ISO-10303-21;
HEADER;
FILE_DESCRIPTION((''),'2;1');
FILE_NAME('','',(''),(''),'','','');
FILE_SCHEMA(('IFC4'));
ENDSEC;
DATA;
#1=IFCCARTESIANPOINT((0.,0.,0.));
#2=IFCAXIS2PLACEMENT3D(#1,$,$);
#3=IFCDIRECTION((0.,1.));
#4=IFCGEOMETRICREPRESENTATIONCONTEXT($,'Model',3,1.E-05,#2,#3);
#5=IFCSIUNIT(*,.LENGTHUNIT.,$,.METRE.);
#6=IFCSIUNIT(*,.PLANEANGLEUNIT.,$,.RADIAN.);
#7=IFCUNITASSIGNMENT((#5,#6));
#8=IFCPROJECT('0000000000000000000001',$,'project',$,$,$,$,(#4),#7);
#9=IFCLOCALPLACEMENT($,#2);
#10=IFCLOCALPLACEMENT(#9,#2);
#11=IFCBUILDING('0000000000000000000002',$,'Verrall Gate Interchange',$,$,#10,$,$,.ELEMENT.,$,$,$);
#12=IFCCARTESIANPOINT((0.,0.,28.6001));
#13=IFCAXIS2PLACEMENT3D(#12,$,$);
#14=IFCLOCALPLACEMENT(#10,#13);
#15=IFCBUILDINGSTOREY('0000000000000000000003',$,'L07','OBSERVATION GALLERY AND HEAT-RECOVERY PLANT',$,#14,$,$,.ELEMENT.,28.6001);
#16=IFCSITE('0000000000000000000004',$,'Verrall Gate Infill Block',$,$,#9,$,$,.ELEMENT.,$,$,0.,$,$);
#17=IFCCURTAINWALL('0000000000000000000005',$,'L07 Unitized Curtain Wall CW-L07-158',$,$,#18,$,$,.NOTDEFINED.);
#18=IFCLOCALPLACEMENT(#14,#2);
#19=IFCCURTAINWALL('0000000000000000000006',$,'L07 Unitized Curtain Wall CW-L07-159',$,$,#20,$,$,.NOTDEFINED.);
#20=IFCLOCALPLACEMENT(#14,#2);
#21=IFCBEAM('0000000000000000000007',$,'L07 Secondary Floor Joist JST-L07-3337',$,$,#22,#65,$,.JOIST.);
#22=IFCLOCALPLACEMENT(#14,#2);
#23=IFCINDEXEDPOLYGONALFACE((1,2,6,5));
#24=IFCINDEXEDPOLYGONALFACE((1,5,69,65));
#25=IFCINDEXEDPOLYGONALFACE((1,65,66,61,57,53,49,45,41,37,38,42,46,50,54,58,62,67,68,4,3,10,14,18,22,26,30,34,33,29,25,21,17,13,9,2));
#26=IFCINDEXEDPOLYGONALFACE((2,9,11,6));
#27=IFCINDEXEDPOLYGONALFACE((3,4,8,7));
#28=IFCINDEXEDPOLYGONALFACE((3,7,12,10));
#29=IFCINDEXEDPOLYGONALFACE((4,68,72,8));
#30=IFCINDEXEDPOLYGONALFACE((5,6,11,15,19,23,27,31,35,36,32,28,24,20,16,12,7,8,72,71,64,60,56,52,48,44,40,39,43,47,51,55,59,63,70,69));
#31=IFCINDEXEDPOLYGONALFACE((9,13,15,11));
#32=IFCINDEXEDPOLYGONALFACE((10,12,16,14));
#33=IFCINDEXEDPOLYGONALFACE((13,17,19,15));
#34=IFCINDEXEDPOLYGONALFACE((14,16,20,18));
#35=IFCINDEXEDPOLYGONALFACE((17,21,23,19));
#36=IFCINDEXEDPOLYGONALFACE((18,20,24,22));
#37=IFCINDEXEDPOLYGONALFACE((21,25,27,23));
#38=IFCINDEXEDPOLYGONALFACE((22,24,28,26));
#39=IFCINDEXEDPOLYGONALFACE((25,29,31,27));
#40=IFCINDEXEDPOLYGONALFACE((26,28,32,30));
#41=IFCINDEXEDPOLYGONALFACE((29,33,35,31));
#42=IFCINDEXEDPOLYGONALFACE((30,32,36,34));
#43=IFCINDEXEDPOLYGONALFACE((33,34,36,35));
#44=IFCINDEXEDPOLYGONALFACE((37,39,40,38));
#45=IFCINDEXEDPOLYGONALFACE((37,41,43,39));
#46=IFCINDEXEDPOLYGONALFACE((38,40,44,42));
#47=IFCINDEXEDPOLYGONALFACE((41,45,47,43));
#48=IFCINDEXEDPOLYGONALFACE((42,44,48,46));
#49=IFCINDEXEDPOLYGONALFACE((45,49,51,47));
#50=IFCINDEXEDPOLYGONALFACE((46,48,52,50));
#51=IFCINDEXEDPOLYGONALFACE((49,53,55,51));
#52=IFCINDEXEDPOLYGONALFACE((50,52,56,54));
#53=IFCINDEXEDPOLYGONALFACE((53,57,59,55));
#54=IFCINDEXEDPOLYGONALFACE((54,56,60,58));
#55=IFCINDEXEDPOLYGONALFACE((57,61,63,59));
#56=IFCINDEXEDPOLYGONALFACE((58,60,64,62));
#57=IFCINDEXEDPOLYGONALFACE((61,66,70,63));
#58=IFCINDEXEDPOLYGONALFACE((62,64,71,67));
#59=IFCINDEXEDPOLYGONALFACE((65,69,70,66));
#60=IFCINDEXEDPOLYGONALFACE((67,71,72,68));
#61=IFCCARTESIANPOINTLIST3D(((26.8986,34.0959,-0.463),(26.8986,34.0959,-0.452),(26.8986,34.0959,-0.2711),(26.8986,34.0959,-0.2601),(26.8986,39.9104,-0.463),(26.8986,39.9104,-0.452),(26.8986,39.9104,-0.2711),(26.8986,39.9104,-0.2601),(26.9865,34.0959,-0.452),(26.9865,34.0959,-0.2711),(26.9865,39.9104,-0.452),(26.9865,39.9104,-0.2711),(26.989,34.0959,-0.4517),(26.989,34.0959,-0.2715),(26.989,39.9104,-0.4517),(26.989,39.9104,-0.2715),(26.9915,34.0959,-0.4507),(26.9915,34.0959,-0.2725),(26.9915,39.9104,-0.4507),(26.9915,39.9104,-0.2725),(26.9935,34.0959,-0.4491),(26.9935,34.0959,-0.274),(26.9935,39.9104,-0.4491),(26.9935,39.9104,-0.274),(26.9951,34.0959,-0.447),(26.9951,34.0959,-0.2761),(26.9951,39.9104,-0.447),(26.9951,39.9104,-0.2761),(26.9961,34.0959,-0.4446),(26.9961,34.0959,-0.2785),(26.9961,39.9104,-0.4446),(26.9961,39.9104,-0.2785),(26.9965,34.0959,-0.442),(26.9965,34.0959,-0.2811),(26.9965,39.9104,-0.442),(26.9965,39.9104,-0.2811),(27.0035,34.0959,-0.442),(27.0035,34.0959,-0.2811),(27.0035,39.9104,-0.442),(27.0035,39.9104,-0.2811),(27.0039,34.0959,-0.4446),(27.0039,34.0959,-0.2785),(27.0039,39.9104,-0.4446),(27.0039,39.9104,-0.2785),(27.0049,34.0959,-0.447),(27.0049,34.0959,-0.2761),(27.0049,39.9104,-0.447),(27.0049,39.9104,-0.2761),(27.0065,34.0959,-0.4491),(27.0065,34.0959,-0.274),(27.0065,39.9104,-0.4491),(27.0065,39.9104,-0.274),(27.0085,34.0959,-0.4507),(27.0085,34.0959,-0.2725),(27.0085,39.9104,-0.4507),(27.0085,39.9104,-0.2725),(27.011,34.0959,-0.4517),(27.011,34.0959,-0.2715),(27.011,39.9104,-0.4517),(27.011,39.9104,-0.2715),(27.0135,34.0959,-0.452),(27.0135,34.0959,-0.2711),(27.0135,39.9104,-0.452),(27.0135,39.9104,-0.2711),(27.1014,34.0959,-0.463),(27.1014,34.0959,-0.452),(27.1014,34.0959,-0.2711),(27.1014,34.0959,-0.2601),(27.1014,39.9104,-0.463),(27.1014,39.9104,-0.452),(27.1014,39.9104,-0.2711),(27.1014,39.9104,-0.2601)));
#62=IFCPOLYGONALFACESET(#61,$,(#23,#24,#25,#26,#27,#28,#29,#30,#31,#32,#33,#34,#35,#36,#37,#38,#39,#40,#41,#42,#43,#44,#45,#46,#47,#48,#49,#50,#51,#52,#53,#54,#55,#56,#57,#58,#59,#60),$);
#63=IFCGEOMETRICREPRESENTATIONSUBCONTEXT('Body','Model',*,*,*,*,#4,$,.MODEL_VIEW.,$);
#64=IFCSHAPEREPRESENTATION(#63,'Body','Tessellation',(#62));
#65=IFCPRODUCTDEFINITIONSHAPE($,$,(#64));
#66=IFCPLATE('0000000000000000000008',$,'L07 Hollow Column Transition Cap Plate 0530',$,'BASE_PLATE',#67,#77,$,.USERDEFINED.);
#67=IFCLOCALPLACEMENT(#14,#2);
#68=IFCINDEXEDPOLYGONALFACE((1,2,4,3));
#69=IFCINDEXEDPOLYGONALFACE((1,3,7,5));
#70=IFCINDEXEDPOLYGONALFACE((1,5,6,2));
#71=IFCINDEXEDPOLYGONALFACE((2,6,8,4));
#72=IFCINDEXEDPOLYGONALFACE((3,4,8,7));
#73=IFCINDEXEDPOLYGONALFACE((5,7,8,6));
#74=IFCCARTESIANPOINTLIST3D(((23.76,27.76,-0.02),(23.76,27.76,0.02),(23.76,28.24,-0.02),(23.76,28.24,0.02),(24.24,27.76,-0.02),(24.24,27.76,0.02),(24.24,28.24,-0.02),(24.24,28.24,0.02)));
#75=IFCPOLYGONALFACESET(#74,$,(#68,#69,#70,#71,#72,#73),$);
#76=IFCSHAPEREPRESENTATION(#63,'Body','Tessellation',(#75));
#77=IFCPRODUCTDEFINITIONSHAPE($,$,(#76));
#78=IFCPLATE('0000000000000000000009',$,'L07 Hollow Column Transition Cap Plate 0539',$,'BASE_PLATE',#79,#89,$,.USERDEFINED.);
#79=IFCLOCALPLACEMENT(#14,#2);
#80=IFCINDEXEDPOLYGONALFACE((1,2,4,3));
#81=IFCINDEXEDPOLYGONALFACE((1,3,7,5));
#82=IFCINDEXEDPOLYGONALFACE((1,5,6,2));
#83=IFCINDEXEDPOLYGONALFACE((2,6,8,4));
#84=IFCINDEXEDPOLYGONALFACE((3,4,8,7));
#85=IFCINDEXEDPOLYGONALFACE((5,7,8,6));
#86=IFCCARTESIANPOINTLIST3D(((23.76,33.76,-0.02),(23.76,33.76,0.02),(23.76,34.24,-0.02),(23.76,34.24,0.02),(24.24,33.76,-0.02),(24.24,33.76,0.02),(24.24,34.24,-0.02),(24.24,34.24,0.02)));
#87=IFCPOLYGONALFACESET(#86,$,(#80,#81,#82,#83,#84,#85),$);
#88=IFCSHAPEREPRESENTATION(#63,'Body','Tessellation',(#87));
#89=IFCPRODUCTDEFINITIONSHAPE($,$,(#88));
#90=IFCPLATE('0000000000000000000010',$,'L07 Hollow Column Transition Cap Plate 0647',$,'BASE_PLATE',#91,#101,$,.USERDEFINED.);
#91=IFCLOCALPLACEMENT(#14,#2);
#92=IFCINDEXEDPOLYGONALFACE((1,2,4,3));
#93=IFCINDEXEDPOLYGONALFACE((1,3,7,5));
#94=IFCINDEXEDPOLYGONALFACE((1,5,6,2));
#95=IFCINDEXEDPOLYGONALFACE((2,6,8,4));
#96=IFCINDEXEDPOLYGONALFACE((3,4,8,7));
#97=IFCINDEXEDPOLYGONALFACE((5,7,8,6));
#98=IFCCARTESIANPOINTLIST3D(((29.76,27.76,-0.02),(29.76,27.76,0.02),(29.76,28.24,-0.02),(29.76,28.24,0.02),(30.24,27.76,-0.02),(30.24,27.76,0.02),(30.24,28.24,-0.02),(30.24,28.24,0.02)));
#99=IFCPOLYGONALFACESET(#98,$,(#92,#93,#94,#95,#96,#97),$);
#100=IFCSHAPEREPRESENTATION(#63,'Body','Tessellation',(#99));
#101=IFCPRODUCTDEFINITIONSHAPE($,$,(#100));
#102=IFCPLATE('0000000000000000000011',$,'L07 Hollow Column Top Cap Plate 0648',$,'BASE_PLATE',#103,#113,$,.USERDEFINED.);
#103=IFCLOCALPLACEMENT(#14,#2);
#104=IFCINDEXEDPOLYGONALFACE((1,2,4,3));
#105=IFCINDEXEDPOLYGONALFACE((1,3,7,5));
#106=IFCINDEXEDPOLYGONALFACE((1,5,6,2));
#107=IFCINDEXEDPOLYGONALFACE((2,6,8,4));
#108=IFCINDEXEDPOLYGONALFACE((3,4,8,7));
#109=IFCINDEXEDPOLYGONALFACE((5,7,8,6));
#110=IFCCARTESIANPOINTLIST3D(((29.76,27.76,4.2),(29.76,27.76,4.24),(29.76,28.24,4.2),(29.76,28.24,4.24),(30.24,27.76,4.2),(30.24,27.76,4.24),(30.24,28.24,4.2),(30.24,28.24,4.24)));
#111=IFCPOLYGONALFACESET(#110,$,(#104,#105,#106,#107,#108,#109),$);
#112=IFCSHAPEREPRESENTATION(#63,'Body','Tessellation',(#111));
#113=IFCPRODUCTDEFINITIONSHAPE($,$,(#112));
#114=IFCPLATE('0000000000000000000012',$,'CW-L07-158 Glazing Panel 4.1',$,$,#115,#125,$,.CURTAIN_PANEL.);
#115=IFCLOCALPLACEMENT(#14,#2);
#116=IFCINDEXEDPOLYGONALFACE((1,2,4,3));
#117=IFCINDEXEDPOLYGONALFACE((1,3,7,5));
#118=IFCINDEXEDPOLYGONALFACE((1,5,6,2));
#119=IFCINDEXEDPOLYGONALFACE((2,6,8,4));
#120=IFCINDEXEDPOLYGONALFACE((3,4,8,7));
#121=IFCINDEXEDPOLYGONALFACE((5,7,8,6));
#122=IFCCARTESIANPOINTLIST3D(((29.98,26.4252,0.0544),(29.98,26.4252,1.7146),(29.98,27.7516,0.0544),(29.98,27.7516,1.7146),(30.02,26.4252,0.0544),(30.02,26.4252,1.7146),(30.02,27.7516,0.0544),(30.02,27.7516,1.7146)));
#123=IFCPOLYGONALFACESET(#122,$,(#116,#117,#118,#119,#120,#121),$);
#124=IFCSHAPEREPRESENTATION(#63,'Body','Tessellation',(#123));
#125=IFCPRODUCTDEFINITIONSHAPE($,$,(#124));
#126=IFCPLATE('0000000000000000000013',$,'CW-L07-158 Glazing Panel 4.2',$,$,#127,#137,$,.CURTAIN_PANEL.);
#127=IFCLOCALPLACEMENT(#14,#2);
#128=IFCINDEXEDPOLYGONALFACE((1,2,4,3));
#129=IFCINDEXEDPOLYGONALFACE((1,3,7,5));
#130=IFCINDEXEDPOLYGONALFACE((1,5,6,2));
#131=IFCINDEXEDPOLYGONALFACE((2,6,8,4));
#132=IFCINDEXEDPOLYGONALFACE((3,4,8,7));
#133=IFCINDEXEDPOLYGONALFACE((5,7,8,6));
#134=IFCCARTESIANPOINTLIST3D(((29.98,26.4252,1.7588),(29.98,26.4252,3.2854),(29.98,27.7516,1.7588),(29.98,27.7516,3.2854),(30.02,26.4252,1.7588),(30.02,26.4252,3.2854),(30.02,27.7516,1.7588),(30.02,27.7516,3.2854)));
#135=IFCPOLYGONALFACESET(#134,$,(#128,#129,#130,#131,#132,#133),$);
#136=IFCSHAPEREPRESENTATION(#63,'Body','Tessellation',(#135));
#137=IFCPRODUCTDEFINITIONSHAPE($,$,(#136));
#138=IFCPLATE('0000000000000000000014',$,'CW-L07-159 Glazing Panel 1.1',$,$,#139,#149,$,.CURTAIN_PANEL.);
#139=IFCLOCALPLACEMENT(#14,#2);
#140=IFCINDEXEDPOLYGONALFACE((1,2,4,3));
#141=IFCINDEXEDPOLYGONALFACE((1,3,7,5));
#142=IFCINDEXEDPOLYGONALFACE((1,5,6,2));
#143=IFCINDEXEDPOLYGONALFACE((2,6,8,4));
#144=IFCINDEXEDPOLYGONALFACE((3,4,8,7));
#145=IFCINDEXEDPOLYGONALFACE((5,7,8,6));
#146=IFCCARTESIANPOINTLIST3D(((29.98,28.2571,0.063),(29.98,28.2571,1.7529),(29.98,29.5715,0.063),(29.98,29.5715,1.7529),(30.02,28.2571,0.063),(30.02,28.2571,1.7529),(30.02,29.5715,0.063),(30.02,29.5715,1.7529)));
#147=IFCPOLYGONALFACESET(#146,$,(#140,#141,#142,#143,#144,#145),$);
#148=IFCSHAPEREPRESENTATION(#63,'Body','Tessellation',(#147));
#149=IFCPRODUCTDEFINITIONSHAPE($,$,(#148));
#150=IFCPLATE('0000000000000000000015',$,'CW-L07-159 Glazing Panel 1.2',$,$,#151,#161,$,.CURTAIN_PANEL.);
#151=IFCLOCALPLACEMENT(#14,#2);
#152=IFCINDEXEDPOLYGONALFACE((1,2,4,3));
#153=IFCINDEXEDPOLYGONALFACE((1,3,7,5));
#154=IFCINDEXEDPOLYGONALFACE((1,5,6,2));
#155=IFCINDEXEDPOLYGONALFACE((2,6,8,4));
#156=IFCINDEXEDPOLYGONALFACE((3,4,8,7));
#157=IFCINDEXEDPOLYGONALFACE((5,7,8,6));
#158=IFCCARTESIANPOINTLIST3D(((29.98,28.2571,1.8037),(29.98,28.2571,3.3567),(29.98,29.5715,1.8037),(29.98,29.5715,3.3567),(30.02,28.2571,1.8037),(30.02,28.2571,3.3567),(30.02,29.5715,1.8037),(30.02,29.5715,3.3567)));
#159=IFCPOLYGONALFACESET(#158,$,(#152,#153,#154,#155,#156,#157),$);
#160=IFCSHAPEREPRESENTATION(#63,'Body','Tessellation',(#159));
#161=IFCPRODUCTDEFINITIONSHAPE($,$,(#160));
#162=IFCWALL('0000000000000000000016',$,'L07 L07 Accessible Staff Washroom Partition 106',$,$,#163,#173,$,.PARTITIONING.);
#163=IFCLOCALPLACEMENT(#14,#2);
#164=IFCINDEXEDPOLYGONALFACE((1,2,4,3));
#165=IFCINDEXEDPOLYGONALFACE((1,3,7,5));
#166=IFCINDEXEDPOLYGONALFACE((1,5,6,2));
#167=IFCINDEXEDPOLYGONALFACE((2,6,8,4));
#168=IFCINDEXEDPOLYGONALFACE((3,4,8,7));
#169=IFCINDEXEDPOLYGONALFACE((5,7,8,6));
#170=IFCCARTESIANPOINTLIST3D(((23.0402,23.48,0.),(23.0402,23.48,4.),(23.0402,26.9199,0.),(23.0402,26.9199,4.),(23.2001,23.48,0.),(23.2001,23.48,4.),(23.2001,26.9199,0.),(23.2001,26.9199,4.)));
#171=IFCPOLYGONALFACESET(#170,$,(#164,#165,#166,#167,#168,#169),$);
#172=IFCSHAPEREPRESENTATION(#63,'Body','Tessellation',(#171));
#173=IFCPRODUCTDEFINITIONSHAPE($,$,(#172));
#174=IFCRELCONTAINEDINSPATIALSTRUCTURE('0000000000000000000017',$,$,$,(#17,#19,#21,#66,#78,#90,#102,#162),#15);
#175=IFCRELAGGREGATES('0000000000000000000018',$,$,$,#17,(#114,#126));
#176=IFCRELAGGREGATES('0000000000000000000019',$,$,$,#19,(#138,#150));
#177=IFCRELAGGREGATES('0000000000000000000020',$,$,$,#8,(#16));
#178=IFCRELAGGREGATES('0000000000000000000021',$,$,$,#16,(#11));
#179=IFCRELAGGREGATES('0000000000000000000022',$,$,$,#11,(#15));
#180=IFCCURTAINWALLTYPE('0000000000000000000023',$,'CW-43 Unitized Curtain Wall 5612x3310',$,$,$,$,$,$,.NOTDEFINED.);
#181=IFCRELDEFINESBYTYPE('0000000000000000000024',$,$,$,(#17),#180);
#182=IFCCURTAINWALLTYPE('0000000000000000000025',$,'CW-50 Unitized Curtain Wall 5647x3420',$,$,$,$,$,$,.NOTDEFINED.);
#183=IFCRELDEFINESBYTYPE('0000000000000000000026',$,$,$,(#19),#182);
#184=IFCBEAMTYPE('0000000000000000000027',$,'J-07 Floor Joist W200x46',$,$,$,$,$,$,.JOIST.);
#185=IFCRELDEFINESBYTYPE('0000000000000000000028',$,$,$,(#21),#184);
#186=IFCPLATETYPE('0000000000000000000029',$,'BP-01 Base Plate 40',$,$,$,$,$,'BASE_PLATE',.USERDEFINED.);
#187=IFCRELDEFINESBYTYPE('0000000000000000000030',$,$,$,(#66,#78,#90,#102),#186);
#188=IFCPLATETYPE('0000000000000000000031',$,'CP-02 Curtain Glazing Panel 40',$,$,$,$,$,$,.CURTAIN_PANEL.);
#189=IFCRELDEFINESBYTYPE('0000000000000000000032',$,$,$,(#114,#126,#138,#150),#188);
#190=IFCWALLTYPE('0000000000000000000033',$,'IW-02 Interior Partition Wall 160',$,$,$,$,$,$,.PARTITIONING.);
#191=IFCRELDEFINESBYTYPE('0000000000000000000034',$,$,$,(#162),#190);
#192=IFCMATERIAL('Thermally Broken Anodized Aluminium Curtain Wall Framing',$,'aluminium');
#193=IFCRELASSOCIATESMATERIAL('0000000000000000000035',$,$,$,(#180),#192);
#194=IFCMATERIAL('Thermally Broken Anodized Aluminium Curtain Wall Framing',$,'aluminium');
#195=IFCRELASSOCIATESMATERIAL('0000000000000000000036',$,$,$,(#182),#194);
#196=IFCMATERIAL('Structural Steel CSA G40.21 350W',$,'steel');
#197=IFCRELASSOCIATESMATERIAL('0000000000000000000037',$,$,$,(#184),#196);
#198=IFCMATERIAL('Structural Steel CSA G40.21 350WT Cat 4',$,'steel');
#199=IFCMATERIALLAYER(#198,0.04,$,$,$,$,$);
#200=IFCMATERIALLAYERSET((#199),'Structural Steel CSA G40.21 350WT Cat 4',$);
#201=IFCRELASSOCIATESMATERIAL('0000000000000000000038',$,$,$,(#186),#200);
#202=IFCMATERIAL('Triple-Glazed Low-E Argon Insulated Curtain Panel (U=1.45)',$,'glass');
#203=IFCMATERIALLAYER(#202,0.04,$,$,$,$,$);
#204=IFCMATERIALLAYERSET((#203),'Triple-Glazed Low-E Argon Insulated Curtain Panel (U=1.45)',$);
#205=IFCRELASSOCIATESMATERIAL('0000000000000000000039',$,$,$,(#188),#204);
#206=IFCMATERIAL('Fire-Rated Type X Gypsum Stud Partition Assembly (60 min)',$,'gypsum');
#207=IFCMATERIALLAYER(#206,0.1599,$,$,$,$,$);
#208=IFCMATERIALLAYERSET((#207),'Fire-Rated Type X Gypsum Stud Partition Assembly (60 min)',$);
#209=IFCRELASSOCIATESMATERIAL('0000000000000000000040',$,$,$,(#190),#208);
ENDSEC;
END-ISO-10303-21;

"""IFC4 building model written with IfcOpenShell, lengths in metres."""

from ifc_helpers import new_model, si_unit, direction, frame, frame_2d, origin, origin_2d, place, context, subcontext, project, spatial, rectangle, i_section, extrude, material, layer, layer_set, material_profile, profile_set, type_object, element, aggregate, save


model = new_model("IFC4")

# Units and contexts
model_context = context("Model", 3, precision=1e-05, world=origin(), true_north=direction((0.0, 1.0)))
body_context = subcontext(model_context, "Body", "Model", "MODEL_VIEW")
ifc_project = project(units=[si_unit("LENGTHUNIT", "METRE"), si_unit("PLANEANGLEUNIT", "RADIAN")], contexts=[model_context])

# Site, building, storey
site_placement = place(None, origin())
site = spatial("IfcSite", under=ifc_project, at=site_placement, Name="Verrall Gate Infill Block", CompositionType="ELEMENT", RefElevation=0.0)
building_placement = place(site_placement, origin())
building = spatial("IfcBuilding", under=site, at=building_placement, Name="Verrall Gate Interchange", CompositionType="ELEMENT")
storey_placement = place(building_placement, frame((0.0, 0.0, 28.6001)))
storey = spatial("IfcBuildingStorey", under=building, at=storey_placement, Name="L07", Description="OBSERVATION GALLERY AND HEAT-RECOVERY PLANT", CompositionType="ELEMENT", Elevation=28.6001)

# Curtain walls
ifc_material_1 = material(Name="Thermally Broken Anodized Aluminium Curtain Wall Framing", Category="aluminium")
curtain_wall_type_1 = type_object("IfcCurtainWallType", Name="CW-43 Unitized Curtain Wall 5612x3310", PredefinedType="NOTDEFINED", material=ifc_material_1)
curtain_wall_1_placement = place(storey_placement, origin())
curtain_wall_1 = element("IfcCurtainWall", 1, at=curtain_wall_1_placement, inside=storey, type_object=curtain_wall_type_1, Name="L07 Unitized Curtain Wall CW-L07-158", PredefinedType="NOTDEFINED")
ifc_material_2 = material(Name="Thermally Broken Anodized Aluminium Curtain Wall Framing", Category="aluminium")
curtain_wall_type_2 = type_object("IfcCurtainWallType", Name="CW-50 Unitized Curtain Wall 5647x3420", PredefinedType="NOTDEFINED", material=ifc_material_2)
curtain_wall_2_placement = place(storey_placement, origin())
curtain_wall_2 = element("IfcCurtainWall", 2, at=curtain_wall_2_placement, inside=storey, type_object=curtain_wall_type_2, Name="L07 Unitized Curtain Wall CW-L07-159", PredefinedType="NOTDEFINED")

# Beam
ifc_material_3 = material(Name="Structural Steel CSA G40.21 350W", Category="steel")
ifc_material_profile_1 = material_profile(ifc_material_3, i_section(OverallWidth=0.2029, OverallDepth=0.2029, WebThickness=0.0071, FlangeThickness=0.011, FilletRadius=0.01, at=origin_2d()), Name="W200x46")
ifc_profile_set_1 = profile_set([ifc_material_profile_1], Name="Structural Steel CSA G40.21 350W")
beam_type_1 = type_object("IfcBeamType", Name="J-07 Floor Joist W200x46", PredefinedType="JOIST", material=ifc_profile_set_1)
beam_1_placement = place(storey_placement, frame((27.0, 34.0959, -0.3616), z_axis=(0.0, 1.0, 0.0), x_axis=(-1.0, 0.0, 0.0)))
element("IfcBeam", 3, at=beam_1_placement, inside=storey, type_object=beam_type_1, Name="L07 Secondary Floor Joist JST-L07-3337", PredefinedType="JOIST", context=body_context, shape_type="SweptSolid", body=[
    extrude(i_section(OverallWidth=0.2029, OverallDepth=0.2029, WebThickness=0.0071, FlangeThickness=0.011, FilletRadius=0.01, at=origin_2d()), origin(), (0.0, 0.0, 1.0), 5.8145),
])

# Plates
ifc_material_4 = material(Name="Structural Steel CSA G40.21 350WT Cat 4", Category="steel")
ifc_layer_1 = layer(ifc_material_4, 0.04)
ifc_layer_set_1 = layer_set([ifc_layer_1], Name="Structural Steel CSA G40.21 350WT Cat 4")
plate_type_1 = type_object("IfcPlateType", Name="BP-01 Base Plate 40", ElementType="BASE_PLATE", PredefinedType="USERDEFINED", material=ifc_layer_set_1)
for number, where, z_axis, x_axis, name in (
    (4, (24.0, 28.0, -0.02), (0.0, 0.0, 1.0), (1.0, 0.0, 0.0), "L07 Hollow Column Transition Cap Plate 0530"),
    (5, (24.0, 34.0, -0.02), (0.0, 0.0, 1.0), (1.0, 0.0, 0.0), "L07 Hollow Column Transition Cap Plate 0539"),
    (6, (30.0, 28.0, -0.02), (0.0, 0.0, 1.0), (1.0, 0.0, 0.0), "L07 Hollow Column Transition Cap Plate 0647"),
    (7, (30.0, 28.0, 4.2), (0.0, 0.0, 1.0), (1.0, 0.0, 0.0), "L07 Hollow Column Top Cap Plate 0648"),
):
    element("IfcPlate", number, at=place(storey_placement, frame(where, z_axis=z_axis, x_axis=x_axis)), inside=storey, type_object=plate_type_1, Name=name, ObjectType="BASE_PLATE", PredefinedType="USERDEFINED", context=body_context, shape_type="SweptSolid", body=[
        extrude(rectangle(XDim=0.48, YDim=0.48, at=origin_2d()), origin(), (0.0, 0.0, 1.0), 0.04),
    ])

# Plates
ifc_material_5 = material(Name="Triple-Glazed Low-E Argon Insulated Curtain Panel (U=1.45)", Category="glass")
ifc_layer_2 = layer(ifc_material_5, 0.04)
ifc_layer_set_2 = layer_set([ifc_layer_2], Name="Triple-Glazed Low-E Argon Insulated Curtain Panel (U=1.45)")
plate_type_2 = type_object("IfcPlateType", Name="CP-02 Curtain Glazing Panel 40", PredefinedType="CURTAIN_PANEL", material=ifc_layer_set_2)
plate_1_placement = place(storey_placement, frame((30.0, 27.0884, 0.0544), z_axis=(0.0, 0.0, 1.0), x_axis=(0.0, 1.0, 0.0)))
plate_1 = element("IfcPlate", 8, at=plate_1_placement, type_object=plate_type_2, Name="CW-L07-158 Glazing Panel 4.1", PredefinedType="CURTAIN_PANEL", context=body_context, shape_type="SweptSolid", body=[
    extrude(rectangle(XDim=1.3264, YDim=0.04, at=origin_2d()), origin(), (0.0, 0.0, 1.0), 1.6602),
])
plate_2_placement = place(storey_placement, frame((30.0, 27.0884, 1.7588), z_axis=(0.0, 0.0, 1.0), x_axis=(0.0, 1.0, 0.0)))
plate_2 = element("IfcPlate", 9, at=plate_2_placement, type_object=plate_type_2, Name="CW-L07-158 Glazing Panel 4.2", PredefinedType="CURTAIN_PANEL", context=body_context, shape_type="SweptSolid", body=[
    extrude(rectangle(XDim=1.3264, YDim=0.04, at=origin_2d()), origin(), (0.0, 0.0, 1.0), 1.5266),
])
aggregate(curtain_wall_1, [plate_1, plate_2])
plate_3_placement = place(storey_placement, frame((30.0, 28.9143, 0.063), z_axis=(0.0, 0.0, 1.0), x_axis=(0.0, 1.0, 0.0)))
plate_3 = element("IfcPlate", 10, at=plate_3_placement, type_object=plate_type_2, Name="CW-L07-159 Glazing Panel 1.1", PredefinedType="CURTAIN_PANEL", context=body_context, shape_type="SweptSolid", body=[
    extrude(rectangle(XDim=1.3145, YDim=0.04, at=origin_2d()), origin(), (0.0, 0.0, 1.0), 1.6899),
])
plate_4_placement = place(storey_placement, frame((30.0, 28.9143, 1.8037), z_axis=(0.0, 0.0, 1.0), x_axis=(0.0, 1.0, 0.0)))
plate_4 = element("IfcPlate", 11, at=plate_4_placement, type_object=plate_type_2, Name="CW-L07-159 Glazing Panel 1.2", PredefinedType="CURTAIN_PANEL", context=body_context, shape_type="SweptSolid", body=[
    extrude(rectangle(XDim=1.3145, YDim=0.04, at=origin_2d()), origin(), (0.0, 0.0, 1.0), 1.553),
])
aggregate(curtain_wall_2, [plate_3, plate_4])

# Wall
ifc_material_6 = material(Name="Fire-Rated Type X Gypsum Stud Partition Assembly (60 min)", Category="gypsum")
ifc_layer_3 = layer(ifc_material_6, 0.1599)
ifc_layer_set_3 = layer_set([ifc_layer_3], Name="Fire-Rated Type X Gypsum Stud Partition Assembly (60 min)")
wall_type_1 = type_object("IfcWallType", Name="IW-02 Interior Partition Wall 160", PredefinedType="PARTITIONING", material=ifc_layer_set_3)
wall_1_placement = place(storey_placement, frame((23.1201, 26.9199, 0.0), z_axis=(0.0, 0.0, 1.0), x_axis=(0.0, -1.0, 0.0)))
element("IfcWall", 12, at=wall_1_placement, inside=storey, type_object=wall_type_1, Name="L07 L07 Accessible Staff Washroom Partition 106", PredefinedType="PARTITIONING", context=body_context, shape_type="SweptSolid", body=[
    extrude(rectangle(XDim=3.4399, YDim=0.1599, at=frame_2d((1.72, 0.0))), origin(), (0.0, 0.0, 1.0), 4.0),
])

save(model, "model.ifc")
